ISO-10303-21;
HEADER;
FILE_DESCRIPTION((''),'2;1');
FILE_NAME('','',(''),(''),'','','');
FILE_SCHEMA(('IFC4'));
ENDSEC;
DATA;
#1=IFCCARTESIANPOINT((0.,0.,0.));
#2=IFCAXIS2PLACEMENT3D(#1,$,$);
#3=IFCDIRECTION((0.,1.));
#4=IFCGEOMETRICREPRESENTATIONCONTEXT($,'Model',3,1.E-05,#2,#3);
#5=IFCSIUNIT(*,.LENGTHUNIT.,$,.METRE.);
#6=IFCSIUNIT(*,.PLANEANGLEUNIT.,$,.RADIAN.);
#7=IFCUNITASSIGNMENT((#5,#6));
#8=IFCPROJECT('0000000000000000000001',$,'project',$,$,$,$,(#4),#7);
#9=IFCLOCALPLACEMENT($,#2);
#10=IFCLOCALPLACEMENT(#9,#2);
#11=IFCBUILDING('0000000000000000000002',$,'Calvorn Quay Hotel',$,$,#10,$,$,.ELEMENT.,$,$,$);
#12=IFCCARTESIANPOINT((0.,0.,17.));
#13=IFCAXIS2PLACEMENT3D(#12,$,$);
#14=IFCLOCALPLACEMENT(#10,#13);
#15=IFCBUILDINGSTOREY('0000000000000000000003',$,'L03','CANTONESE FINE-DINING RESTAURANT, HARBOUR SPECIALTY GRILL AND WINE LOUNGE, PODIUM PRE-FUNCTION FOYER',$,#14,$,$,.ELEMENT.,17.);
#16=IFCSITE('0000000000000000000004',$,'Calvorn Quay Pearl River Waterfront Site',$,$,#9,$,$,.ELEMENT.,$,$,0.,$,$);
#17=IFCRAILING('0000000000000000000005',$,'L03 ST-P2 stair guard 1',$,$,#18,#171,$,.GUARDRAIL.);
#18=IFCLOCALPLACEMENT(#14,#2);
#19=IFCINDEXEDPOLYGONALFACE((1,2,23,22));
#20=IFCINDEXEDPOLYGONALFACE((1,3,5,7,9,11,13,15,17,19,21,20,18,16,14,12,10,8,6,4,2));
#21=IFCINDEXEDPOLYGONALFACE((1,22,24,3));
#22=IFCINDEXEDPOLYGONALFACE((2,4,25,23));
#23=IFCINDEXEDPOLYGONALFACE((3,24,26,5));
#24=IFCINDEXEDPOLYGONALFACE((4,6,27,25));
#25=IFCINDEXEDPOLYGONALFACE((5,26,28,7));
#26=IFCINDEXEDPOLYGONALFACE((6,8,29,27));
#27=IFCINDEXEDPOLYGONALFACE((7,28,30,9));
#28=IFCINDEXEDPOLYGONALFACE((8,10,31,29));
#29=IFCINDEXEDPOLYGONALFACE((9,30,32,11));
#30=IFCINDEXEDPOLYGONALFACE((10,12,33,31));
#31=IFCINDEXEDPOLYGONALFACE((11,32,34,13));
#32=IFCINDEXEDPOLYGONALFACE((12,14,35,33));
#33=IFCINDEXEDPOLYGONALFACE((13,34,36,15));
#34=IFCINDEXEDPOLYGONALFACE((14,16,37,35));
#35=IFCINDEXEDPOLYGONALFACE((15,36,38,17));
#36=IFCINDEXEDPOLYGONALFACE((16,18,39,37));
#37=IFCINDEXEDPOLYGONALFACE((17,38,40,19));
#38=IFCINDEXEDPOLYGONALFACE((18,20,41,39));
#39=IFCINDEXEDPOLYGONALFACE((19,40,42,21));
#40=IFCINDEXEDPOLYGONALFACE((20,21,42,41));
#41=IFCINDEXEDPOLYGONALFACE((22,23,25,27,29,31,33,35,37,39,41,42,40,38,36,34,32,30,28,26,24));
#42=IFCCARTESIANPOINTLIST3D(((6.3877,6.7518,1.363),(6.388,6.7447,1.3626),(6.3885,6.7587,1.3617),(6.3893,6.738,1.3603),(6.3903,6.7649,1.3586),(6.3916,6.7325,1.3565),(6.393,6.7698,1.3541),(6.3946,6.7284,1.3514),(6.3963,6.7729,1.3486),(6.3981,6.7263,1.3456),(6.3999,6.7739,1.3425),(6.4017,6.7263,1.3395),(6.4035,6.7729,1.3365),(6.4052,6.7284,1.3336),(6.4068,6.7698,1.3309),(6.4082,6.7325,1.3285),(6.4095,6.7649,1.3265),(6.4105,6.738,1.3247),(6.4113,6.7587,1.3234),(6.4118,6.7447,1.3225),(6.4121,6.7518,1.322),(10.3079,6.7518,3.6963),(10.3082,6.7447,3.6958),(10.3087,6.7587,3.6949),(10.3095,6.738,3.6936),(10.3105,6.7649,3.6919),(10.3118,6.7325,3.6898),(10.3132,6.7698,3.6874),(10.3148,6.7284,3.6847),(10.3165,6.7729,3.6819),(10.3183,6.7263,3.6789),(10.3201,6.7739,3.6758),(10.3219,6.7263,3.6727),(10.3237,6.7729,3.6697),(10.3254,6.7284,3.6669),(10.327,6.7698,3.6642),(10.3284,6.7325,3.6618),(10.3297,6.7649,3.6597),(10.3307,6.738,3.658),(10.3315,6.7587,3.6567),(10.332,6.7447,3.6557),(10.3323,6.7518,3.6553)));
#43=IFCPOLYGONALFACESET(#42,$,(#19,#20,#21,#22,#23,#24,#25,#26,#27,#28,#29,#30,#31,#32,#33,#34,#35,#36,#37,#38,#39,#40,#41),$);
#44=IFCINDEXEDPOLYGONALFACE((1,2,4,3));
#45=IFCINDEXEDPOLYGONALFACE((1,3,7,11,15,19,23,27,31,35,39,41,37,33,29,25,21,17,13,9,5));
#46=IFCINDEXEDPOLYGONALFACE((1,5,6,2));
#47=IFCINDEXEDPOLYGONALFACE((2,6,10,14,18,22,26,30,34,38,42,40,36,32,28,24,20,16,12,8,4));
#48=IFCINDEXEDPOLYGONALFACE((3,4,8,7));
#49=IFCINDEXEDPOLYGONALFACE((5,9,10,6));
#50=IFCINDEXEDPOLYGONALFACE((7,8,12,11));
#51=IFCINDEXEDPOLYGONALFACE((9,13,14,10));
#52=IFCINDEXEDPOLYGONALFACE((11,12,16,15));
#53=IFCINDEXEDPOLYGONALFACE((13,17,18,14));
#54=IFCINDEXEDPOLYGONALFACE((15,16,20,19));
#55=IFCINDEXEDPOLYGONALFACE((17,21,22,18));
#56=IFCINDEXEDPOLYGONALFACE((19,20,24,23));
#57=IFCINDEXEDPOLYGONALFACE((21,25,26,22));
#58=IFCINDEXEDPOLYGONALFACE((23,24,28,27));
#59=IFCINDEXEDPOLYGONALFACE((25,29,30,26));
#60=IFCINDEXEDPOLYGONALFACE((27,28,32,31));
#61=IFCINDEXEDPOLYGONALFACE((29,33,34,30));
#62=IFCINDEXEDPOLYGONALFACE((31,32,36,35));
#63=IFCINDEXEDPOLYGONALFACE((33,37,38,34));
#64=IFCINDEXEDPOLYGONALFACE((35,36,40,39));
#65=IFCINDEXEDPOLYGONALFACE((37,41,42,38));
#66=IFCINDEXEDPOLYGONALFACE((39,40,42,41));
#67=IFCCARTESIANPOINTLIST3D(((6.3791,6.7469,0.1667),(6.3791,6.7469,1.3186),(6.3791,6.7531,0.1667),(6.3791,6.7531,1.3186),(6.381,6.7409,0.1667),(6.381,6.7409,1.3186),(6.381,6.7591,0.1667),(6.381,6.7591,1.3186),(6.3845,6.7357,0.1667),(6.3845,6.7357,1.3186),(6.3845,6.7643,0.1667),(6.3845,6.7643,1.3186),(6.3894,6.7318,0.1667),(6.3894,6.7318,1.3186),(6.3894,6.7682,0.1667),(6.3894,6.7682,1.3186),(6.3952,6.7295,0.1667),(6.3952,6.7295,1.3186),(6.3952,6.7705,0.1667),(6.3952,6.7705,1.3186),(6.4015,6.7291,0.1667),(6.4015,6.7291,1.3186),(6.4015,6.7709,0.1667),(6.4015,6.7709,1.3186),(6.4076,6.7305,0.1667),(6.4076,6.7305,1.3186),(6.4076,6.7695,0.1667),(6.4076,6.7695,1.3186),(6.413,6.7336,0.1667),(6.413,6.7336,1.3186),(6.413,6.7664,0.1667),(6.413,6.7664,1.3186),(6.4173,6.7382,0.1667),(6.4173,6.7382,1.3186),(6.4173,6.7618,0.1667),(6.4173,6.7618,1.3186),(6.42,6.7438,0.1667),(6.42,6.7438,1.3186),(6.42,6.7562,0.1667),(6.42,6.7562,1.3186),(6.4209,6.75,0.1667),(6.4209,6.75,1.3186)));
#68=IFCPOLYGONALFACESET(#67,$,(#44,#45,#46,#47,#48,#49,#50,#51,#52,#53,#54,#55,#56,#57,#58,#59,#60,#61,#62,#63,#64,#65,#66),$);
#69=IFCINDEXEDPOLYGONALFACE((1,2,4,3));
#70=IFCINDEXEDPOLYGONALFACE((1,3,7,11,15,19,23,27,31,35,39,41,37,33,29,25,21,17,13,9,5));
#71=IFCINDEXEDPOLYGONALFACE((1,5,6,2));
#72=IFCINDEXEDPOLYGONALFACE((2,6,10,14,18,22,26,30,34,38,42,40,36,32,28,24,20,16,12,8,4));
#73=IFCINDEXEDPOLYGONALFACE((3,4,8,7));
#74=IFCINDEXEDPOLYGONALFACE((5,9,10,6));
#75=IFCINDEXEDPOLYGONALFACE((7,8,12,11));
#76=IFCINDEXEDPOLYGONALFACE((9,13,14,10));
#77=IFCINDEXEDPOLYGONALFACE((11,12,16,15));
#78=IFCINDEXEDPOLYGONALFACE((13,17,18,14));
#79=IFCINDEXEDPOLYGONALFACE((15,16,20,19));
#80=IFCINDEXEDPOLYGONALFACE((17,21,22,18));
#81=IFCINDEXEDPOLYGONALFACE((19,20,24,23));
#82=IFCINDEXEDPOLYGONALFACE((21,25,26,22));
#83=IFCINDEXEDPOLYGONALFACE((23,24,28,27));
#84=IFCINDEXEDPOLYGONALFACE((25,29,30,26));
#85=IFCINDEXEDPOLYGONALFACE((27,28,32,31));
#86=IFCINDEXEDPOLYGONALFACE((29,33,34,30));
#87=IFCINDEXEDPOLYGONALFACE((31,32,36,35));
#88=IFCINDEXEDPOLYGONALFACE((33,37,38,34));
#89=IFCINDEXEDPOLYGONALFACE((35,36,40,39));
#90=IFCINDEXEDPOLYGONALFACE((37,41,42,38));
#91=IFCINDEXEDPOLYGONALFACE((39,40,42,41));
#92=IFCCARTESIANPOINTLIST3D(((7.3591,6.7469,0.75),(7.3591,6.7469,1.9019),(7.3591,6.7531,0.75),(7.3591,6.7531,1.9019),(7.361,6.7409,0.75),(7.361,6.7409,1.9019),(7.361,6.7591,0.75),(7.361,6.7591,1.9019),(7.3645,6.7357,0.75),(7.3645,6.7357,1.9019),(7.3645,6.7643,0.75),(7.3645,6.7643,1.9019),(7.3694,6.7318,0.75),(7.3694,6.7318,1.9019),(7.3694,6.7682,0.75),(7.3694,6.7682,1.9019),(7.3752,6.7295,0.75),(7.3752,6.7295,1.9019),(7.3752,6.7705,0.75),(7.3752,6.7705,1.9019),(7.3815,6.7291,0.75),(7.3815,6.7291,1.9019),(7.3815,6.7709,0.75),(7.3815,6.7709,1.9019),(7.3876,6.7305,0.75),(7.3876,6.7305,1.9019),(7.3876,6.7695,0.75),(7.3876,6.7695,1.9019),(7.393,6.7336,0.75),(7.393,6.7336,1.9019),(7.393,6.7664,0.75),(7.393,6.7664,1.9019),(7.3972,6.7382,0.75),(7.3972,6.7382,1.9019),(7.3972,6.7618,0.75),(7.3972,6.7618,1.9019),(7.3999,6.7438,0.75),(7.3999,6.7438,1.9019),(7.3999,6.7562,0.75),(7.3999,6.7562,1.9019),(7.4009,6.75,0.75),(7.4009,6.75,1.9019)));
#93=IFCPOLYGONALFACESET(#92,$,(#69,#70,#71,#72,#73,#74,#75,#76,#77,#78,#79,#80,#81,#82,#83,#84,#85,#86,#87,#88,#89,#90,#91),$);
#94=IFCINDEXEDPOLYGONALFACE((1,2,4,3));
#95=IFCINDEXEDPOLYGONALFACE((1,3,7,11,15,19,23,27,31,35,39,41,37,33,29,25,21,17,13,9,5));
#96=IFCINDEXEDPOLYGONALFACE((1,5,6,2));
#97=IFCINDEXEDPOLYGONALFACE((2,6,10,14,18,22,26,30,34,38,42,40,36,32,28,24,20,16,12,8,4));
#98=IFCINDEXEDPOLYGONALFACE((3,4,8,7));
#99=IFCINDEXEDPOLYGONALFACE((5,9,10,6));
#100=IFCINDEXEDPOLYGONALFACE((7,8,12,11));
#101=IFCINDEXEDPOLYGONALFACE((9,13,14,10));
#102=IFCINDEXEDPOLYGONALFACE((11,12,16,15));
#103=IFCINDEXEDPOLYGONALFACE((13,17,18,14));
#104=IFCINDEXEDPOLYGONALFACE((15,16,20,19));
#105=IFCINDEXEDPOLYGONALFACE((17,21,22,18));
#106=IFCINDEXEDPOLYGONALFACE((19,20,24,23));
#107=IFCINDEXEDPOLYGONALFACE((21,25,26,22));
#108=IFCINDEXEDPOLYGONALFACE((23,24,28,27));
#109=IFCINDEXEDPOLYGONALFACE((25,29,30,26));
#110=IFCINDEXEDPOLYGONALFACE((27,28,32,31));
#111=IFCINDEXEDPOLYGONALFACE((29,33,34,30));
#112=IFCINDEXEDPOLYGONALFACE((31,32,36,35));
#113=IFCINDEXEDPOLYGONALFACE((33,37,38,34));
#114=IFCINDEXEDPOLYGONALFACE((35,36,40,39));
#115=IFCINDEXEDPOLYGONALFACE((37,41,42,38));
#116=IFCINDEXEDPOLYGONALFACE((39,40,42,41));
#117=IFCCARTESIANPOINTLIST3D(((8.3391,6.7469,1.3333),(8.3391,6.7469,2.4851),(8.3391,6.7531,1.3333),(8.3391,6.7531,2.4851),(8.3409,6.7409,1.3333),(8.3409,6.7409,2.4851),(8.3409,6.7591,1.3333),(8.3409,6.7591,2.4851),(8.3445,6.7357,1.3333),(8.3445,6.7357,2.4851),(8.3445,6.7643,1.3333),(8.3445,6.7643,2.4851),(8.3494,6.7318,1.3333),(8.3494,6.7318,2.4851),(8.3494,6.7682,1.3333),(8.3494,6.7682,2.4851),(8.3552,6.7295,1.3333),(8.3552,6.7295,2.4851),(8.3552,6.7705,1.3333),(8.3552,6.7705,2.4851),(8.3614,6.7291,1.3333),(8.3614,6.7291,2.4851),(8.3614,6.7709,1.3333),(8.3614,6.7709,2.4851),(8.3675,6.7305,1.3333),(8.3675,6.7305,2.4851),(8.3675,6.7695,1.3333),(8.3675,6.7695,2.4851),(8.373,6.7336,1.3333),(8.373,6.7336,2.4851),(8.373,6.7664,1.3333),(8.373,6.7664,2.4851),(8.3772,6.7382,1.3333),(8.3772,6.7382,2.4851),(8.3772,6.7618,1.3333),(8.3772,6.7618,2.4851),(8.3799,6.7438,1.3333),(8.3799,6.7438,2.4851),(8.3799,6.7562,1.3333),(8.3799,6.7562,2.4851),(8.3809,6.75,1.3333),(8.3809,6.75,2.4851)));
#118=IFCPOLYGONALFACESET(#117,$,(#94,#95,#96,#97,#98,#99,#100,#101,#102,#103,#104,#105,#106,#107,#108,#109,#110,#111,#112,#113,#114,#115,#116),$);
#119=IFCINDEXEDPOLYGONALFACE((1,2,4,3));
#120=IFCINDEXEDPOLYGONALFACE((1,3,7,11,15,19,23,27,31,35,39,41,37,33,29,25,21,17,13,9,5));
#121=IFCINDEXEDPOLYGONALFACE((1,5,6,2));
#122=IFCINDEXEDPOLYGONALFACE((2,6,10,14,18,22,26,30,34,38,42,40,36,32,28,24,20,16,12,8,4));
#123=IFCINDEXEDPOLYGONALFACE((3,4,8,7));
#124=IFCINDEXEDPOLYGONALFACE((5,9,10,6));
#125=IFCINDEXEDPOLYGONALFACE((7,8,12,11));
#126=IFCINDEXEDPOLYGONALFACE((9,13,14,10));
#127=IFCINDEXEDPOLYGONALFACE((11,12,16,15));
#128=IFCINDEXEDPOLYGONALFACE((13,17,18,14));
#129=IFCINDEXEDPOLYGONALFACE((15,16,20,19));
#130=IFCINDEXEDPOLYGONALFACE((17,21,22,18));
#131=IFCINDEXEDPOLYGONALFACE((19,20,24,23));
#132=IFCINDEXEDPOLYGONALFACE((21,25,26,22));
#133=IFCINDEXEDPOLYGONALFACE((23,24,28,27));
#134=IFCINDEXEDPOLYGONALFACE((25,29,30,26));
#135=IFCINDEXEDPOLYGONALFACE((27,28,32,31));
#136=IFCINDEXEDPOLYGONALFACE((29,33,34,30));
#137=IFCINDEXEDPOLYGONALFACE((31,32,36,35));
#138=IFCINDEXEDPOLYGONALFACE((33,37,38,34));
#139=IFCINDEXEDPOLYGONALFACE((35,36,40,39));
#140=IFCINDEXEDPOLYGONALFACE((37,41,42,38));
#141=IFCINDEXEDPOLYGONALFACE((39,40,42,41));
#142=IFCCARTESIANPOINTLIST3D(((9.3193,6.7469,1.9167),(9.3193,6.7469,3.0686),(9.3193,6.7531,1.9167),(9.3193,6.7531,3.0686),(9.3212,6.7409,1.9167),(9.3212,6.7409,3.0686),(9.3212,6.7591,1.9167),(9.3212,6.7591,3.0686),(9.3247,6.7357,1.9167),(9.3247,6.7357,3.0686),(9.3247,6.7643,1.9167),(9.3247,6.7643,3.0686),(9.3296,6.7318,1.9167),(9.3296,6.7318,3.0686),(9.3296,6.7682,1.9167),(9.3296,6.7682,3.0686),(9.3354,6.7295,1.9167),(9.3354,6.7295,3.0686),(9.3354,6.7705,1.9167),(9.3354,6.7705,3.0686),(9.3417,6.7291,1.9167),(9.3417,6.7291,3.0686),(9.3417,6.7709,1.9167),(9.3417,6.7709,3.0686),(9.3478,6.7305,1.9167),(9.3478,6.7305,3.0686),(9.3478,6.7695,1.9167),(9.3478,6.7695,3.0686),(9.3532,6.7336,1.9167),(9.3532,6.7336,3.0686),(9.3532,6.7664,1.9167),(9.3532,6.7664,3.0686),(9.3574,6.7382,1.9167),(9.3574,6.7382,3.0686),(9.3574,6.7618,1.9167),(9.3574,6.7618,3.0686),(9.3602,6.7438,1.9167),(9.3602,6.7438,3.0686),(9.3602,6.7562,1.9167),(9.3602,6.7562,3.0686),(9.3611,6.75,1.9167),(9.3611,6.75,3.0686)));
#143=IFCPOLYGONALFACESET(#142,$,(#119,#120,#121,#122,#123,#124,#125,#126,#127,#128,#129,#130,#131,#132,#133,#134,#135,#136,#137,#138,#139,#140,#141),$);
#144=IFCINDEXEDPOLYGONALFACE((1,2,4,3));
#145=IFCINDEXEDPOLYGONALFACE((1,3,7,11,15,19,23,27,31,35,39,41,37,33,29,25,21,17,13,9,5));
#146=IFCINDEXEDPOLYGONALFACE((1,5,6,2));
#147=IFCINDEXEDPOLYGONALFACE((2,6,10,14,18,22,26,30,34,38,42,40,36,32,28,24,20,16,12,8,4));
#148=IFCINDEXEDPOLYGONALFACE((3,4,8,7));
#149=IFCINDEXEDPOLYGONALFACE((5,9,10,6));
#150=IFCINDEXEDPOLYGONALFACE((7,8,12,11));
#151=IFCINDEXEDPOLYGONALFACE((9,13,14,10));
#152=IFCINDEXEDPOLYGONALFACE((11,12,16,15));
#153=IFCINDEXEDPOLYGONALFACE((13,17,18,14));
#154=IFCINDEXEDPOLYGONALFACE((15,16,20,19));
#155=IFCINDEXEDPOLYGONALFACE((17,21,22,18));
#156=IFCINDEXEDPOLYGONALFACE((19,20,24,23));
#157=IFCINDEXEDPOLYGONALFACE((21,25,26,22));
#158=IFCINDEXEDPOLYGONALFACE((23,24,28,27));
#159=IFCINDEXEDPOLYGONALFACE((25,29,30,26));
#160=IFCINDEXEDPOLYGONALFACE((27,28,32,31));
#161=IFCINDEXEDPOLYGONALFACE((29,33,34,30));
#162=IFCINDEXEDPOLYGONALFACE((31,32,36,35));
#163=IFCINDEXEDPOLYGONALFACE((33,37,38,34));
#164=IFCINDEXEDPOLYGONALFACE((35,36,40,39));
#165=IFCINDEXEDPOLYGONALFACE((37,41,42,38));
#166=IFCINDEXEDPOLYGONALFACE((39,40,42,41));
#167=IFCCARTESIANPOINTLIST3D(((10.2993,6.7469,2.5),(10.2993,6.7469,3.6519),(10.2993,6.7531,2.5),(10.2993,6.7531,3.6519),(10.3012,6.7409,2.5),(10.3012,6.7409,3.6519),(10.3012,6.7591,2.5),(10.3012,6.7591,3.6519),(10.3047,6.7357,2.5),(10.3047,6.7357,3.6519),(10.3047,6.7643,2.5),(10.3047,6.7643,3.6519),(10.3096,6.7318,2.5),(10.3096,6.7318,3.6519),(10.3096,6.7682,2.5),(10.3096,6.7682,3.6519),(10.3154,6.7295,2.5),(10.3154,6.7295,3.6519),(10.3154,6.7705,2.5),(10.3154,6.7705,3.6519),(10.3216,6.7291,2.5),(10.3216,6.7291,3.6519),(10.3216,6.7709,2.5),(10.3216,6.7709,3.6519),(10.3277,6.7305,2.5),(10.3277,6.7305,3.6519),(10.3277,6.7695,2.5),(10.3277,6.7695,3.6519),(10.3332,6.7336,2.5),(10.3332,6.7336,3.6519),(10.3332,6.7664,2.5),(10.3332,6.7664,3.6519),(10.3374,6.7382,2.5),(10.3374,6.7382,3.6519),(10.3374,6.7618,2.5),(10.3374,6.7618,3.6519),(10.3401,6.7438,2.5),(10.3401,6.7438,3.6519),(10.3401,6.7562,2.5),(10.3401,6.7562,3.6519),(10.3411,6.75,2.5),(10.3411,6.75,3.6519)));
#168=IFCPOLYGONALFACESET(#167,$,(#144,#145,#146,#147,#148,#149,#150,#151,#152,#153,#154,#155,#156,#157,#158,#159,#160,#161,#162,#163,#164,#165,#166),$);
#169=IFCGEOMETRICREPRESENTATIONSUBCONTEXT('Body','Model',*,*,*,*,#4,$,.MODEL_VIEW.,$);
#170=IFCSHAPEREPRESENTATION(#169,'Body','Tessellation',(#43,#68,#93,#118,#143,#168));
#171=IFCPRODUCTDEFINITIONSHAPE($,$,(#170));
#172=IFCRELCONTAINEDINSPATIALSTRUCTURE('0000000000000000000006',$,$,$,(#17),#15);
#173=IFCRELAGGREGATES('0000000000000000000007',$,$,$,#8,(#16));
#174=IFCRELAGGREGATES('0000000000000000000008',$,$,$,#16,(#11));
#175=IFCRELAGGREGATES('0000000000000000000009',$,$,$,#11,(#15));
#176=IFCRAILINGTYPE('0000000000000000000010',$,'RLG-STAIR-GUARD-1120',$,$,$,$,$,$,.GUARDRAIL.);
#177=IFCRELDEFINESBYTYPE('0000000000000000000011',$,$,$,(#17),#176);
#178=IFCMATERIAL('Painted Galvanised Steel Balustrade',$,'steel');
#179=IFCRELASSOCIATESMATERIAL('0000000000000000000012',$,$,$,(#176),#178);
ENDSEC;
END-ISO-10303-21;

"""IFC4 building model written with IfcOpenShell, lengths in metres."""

from ifc_helpers import new_model, si_unit, direction, frame, origin, origin_2d, place, context, subcontext, project, spatial, circle, extrude, material, type_object, element, save


model = new_model("IFC4")

# Units and contexts
model_context = context("Model", 3, precision=1e-05, world=origin(), true_north=direction((0.0, 1.0)))
body_context = subcontext(model_context, "Body", "Model", "MODEL_VIEW")
ifc_project = project(units=[si_unit("LENGTHUNIT", "METRE"), si_unit("PLANEANGLEUNIT", "RADIAN")], contexts=[model_context])

# Site, building, storey
site_placement = place(None, origin())
site = spatial("IfcSite", under=ifc_project, at=site_placement, Name="Calvorn Quay Pearl River Waterfront Site", CompositionType="ELEMENT", RefElevation=0.0)
building_placement = place(site_placement, origin())
building = spatial("IfcBuilding", under=site, at=building_placement, Name="Calvorn Quay Hotel", CompositionType="ELEMENT")
storey_placement = place(building_placement, frame((0.0, 0.0, 17.0)))
storey = spatial("IfcBuildingStorey", under=building, at=storey_placement, Name="L03", Description="CANTONESE FINE-DINING RESTAURANT, HARBOUR SPECIALTY GRILL AND WINE LOUNGE, PODIUM PRE-FUNCTION FOYER", CompositionType="ELEMENT", Elevation=17.0)

# Railing
ifc_material_1 = material(Name="Painted Galvanised Steel Balustrade", Category="steel")
railing_type_1 = type_object("IfcRailingType", Name="RLG-STAIR-GUARD-1120", PredefinedType="GUARDRAIL", material=ifc_material_1)
railing_1_placement = place(storey_placement, frame((6.3999, 6.75, 0.1667)))
element("IfcRailing", 1, at=railing_1_placement, inside=storey, type_object=railing_type_1, Name="L03 ST-P2 stair guard 1", PredefinedType="GUARDRAIL", context=body_context, shape_type="SweptSolid", body=[
    extrude(circle(Radius=0.0239, at=origin_2d()), frame((0.0, 0.0, 1.1758), z_axis=(0.85931, 0.0, 0.511455), x_axis=(0.0, 1.0, 0.0)), (0.0, 0.0, 1.0), 4.562),
    extrude(circle(Radius=0.021, at=origin_2d()), origin(), (0.0, 0.0, 1.0), 1.1519),
    extrude(circle(Radius=0.021, at=origin_2d()), frame((0.98, 0.0, 0.5833)), (0.0, 0.0, 1.0), 1.1519),
    extrude(circle(Radius=0.021, at=origin_2d()), frame((1.96, 0.0, 1.1665)), (0.0, 0.0, 1.0), 1.1519),
    extrude(circle(Radius=0.021, at=origin_2d()), frame((2.9402, 0.0, 1.75)), (0.0, 0.0, 1.0), 1.1519),
    extrude(circle(Radius=0.021, at=origin_2d()), frame((3.9202, 0.0, 2.3333)), (0.0, 0.0, 1.0), 1.1519),
])

save(model, "model.ifc")
